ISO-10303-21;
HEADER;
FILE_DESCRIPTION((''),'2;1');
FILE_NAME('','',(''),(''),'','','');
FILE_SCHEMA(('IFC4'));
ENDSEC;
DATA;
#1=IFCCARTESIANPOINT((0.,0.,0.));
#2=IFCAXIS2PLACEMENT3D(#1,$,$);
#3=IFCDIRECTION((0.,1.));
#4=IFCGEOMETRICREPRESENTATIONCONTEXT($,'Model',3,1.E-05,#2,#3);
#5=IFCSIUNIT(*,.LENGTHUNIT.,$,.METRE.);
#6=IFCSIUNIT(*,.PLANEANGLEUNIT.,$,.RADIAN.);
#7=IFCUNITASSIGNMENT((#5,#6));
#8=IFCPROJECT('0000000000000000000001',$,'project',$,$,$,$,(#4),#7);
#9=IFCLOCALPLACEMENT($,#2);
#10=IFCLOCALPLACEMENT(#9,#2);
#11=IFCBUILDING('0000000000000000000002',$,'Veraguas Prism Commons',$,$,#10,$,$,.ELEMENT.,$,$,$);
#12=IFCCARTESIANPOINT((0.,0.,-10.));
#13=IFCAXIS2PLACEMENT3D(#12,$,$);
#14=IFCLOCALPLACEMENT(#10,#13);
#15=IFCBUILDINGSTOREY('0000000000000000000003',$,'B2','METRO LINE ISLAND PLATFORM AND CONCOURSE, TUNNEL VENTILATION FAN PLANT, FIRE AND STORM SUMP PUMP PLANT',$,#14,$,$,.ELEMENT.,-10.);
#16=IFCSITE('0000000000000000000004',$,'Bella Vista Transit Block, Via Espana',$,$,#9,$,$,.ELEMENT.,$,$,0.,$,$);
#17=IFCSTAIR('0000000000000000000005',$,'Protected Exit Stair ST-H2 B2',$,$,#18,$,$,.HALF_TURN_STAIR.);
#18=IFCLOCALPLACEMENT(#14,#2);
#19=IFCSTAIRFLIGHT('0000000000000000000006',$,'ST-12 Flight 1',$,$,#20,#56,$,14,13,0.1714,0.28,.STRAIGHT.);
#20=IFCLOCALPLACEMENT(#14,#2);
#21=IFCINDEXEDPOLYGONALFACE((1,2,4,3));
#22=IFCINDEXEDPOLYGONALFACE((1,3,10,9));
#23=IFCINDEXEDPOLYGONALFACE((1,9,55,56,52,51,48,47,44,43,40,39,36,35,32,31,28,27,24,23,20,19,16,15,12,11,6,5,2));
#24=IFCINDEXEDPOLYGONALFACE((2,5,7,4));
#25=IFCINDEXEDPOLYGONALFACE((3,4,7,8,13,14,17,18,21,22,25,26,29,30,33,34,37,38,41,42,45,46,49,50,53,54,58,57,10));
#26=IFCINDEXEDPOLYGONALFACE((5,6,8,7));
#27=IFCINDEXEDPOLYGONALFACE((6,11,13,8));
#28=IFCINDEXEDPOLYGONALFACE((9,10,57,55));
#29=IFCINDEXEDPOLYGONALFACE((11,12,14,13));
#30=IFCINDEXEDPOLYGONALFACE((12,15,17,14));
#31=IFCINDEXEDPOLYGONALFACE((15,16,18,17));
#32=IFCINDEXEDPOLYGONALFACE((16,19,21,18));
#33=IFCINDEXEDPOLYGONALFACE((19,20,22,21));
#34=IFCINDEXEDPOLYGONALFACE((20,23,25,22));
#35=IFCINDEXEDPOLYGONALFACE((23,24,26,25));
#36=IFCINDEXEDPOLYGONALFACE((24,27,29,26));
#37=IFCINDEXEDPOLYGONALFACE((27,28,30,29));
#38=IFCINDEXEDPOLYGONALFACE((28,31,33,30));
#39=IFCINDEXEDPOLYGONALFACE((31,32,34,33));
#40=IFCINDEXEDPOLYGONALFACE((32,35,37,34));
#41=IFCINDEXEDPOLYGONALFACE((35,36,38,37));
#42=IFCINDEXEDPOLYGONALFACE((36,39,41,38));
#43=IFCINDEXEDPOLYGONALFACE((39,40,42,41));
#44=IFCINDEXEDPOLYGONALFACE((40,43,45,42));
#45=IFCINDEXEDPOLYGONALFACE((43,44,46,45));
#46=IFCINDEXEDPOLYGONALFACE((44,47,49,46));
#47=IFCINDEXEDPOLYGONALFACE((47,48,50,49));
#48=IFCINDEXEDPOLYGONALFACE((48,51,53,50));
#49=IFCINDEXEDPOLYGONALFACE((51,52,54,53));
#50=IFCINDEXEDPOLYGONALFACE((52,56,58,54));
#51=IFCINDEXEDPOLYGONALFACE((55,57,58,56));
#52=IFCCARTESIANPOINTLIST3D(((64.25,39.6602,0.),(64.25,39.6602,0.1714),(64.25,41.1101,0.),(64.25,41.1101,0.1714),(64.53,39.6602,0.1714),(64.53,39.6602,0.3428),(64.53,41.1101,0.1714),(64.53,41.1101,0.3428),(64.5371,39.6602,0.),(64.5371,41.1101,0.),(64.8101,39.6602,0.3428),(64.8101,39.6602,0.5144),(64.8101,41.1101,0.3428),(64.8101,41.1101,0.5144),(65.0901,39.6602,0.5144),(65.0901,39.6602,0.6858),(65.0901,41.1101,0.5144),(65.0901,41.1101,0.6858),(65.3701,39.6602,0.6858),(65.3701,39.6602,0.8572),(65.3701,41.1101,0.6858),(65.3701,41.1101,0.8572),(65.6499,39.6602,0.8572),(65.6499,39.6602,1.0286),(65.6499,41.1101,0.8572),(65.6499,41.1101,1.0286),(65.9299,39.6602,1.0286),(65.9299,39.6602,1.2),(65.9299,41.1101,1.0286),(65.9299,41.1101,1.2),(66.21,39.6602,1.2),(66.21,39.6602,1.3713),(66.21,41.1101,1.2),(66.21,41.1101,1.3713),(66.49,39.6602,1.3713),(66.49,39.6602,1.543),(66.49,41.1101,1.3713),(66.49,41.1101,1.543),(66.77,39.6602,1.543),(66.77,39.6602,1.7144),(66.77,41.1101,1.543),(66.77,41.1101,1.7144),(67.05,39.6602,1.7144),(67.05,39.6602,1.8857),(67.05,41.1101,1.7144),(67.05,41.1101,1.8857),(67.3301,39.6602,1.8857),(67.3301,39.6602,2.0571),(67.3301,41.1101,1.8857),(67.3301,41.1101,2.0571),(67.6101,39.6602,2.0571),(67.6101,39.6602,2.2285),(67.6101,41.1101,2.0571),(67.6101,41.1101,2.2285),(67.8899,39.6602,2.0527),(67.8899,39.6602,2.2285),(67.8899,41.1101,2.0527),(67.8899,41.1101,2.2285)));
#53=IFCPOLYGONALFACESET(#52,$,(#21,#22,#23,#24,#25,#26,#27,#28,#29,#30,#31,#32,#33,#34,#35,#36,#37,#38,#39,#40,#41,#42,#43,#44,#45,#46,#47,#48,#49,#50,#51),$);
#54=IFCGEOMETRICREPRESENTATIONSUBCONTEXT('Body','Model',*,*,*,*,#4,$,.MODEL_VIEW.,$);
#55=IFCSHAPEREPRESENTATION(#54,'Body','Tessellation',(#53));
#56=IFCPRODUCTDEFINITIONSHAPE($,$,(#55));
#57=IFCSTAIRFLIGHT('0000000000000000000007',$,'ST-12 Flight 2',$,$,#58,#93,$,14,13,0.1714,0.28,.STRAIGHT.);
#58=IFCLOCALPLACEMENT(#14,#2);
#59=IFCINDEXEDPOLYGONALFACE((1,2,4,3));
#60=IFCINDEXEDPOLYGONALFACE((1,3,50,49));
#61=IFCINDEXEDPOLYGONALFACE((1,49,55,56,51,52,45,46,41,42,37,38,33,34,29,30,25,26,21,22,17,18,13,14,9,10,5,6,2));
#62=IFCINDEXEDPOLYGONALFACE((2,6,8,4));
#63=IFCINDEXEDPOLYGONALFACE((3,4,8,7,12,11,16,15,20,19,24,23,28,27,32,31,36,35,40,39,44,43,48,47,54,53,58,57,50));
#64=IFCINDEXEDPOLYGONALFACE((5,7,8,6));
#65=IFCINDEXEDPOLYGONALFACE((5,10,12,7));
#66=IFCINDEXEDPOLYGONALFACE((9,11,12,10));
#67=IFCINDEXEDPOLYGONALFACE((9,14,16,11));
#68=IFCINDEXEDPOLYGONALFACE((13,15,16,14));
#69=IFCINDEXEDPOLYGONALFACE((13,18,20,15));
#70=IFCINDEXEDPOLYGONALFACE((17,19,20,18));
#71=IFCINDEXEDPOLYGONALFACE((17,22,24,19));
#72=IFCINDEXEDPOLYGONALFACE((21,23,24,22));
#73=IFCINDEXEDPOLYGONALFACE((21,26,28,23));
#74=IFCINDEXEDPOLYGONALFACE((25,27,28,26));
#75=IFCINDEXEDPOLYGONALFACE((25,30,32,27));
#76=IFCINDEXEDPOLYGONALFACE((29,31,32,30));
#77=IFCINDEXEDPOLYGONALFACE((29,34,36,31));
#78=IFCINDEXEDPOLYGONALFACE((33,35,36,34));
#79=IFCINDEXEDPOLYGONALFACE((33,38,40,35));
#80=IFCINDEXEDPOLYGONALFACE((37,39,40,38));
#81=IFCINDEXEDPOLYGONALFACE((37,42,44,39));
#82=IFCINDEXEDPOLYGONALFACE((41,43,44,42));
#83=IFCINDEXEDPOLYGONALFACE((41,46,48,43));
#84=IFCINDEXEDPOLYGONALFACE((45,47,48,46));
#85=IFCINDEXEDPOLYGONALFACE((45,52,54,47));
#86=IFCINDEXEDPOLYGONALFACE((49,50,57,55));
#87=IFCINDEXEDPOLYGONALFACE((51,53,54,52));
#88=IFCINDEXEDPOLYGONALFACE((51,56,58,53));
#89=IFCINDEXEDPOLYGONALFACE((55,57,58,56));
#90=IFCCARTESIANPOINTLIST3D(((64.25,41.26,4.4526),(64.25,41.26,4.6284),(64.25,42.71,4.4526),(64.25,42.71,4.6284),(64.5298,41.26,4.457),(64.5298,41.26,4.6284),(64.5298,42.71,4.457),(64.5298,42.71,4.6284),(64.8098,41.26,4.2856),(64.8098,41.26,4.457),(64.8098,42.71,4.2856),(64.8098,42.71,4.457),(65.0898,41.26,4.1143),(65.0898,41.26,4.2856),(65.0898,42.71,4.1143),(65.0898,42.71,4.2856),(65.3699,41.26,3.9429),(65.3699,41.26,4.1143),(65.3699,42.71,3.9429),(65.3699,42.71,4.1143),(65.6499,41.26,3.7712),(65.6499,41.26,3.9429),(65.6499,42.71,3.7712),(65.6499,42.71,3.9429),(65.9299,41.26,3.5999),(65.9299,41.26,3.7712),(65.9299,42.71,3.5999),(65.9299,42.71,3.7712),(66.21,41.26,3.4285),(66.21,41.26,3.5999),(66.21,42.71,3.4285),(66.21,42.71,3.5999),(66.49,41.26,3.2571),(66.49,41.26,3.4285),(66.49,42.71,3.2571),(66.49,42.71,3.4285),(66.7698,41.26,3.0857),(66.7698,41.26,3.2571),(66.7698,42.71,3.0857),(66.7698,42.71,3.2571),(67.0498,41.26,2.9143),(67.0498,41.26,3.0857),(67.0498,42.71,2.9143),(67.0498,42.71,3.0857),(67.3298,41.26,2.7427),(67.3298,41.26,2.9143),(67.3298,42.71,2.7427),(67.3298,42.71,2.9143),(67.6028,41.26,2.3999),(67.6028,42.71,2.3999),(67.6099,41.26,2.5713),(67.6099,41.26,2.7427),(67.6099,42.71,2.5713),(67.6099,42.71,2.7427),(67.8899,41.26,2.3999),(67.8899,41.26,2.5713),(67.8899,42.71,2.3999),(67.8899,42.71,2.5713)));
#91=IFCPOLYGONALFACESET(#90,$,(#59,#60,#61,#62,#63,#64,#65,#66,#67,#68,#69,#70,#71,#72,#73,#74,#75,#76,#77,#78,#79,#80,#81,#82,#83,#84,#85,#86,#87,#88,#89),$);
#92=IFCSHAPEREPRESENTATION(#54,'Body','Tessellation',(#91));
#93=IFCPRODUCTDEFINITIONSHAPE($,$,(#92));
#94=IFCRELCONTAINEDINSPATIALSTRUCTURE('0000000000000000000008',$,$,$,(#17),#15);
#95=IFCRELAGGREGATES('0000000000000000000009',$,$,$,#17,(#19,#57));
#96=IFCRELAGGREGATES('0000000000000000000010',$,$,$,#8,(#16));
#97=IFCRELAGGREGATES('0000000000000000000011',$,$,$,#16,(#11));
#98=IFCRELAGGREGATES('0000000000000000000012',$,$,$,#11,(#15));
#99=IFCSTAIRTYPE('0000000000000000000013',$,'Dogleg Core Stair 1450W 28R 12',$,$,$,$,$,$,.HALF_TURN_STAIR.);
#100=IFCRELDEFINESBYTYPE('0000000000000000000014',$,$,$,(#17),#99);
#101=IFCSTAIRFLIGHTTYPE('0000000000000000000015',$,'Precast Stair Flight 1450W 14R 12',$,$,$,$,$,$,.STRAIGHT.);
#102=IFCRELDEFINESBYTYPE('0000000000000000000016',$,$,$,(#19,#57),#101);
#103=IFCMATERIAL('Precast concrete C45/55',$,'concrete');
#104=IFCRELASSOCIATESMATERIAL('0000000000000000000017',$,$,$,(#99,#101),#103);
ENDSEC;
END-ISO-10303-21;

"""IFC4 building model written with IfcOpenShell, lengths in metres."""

from ifc_helpers import new_model, si_unit, direction, frame, origin, place, context, subcontext, project, spatial, polyline, outline, extrude, material, type_object, element, aggregate, save


model = new_model("IFC4")

# Units and contexts
model_context = context("Model", 3, precision=1e-05, world=origin(), true_north=direction((0.0, 1.0)))
body_context = subcontext(model_context, "Body", "Model", "MODEL_VIEW")
ifc_project = project(units=[si_unit("LENGTHUNIT", "METRE"), si_unit("PLANEANGLEUNIT", "RADIAN")], contexts=[model_context])

# Site, building, storey
site_placement = place(None, origin())
site = spatial("IfcSite", under=ifc_project, at=site_placement, Name="Bella Vista Transit Block, Via Espana", CompositionType="ELEMENT", RefElevation=0.0)
building_placement = place(site_placement, origin())
building = spatial("IfcBuilding", under=site, at=building_placement, Name="Veraguas Prism Commons", CompositionType="ELEMENT")
storey_placement = place(building_placement, frame((0.0, 0.0, -10.0)))
storey = spatial("IfcBuildingStorey", under=building, at=storey_placement, Name="B2", Description="METRO LINE ISLAND PLATFORM AND CONCOURSE, TUNNEL VENTILATION FAN PLANT, FIRE AND STORM SUMP PUMP PLANT", CompositionType="ELEMENT", Elevation=-10.0)

# Stair, stair flights
ifc_material_1 = material(Name="Precast concrete C45/55", Category="concrete")
stair_type = type_object("IfcStairType", Name="Dogleg Core Stair 1450W 28R 12", PredefinedType="HALF_TURN_STAIR", material=ifc_material_1)
stair_placement = place(storey_placement, origin())
stair = element("IfcStair", 1, at=stair_placement, inside=storey, type_object=stair_type, Name="Protected Exit Stair ST-H2 B2", PredefinedType="HALF_TURN_STAIR")
stair_flight_type = type_object("IfcStairFlightType", Name="Precast Stair Flight 1450W 14R 12", PredefinedType="STRAIGHT", material=ifc_material_1)
stair_flight_1_placement = place(storey_placement, frame((64.25, 40.385, 0.0), z_axis=(0.0, 0.0, 1.0), x_axis=(1.0, 0.0, 0.0)))
stair_flight_1 = element("IfcStairFlight", 2, at=stair_flight_1_placement, type_object=stair_flight_type, Name="ST-12 Flight 1", NumberOfRisers=14, NumberOfTreads=13, PredefinedType="STRAIGHT", RiserHeight=0.1714, TreadLength=0.28, context=body_context, shape_type="SweptSolid", body=[
    extrude(outline(polyline([(0.0, 0.0), (0.0, 0.1714), (0.28, 0.1714), (0.28, 0.3428), (0.5601, 0.3428), (0.5601, 0.5144), (0.8401, 0.5144), (0.8401, 0.6858), (1.1201, 0.6858), (1.1201, 0.8572), (1.3999, 0.8572), (1.3999, 1.0286), (1.6799, 1.0286), (1.6799, 1.2), (1.96, 1.2), (1.96, 1.3713), (2.24, 1.3713), (2.24, 1.543), (2.52, 1.543), (2.52, 1.7144), (2.8, 1.7144), (2.8, 1.8857), (3.0801, 1.8857), (3.0801, 2.0571), (3.3601, 2.0571), (3.3601, 2.2285), (3.6399, 2.2285), (3.6399, 2.3999), (3.6399, 2.0527), (0.2871, 0.0), (0.0, 0.0)])), frame((0.0, 0.7251, 0.0), z_axis=(0.0, -1.0, 0.0), x_axis=(1.0, 0.0, 0.0)), (0.0, 0.0, 1.0), 1.45),
])
stair_flight_2_placement = place(storey_placement, frame((67.8899, 41.9851, 2.3999), z_axis=(0.0, 0.0, 1.0), x_axis=(-1.0, 0.0, 0.0)))
stair_flight_2 = element("IfcStairFlight", 3, at=stair_flight_2_placement, type_object=stair_flight_type, Name="ST-12 Flight 2", NumberOfRisers=14, NumberOfTreads=13, PredefinedType="STRAIGHT", RiserHeight=0.1714, TreadLength=0.28, context=body_context, shape_type="SweptSolid", body=[
    extrude(outline(polyline([(0.0, 0.0), (0.0, 0.1714), (0.28, 0.1714), (0.28, 0.3428), (0.5601, 0.3428), (0.5601, 0.5144), (0.8401, 0.5144), (0.8401, 0.6858), (1.1201, 0.6858), (1.1201, 0.8572), (1.3999, 0.8572), (1.3999, 1.0286), (1.6799, 1.0286), (1.6799, 1.2), (1.96, 1.2), (1.96, 1.3713), (2.24, 1.3713), (2.24, 1.543), (2.52, 1.543), (2.52, 1.7144), (2.8, 1.7144), (2.8, 1.8857), (3.0801, 1.8857), (3.0801, 2.0571), (3.3601, 2.0571), (3.3601, 2.2285), (3.6399, 2.2285), (3.6399, 2.3999), (3.6399, 2.0527), (0.2871, 0.0), (0.0, 0.0)])), frame((0.0, 0.7251, 0.0), z_axis=(0.0, -1.0, 0.0), x_axis=(1.0, 0.0, 0.0)), (0.0, 0.0, 1.0), 1.45),
])
aggregate(stair, [stair_flight_1, stair_flight_2])

save(model, "model.ifc")
